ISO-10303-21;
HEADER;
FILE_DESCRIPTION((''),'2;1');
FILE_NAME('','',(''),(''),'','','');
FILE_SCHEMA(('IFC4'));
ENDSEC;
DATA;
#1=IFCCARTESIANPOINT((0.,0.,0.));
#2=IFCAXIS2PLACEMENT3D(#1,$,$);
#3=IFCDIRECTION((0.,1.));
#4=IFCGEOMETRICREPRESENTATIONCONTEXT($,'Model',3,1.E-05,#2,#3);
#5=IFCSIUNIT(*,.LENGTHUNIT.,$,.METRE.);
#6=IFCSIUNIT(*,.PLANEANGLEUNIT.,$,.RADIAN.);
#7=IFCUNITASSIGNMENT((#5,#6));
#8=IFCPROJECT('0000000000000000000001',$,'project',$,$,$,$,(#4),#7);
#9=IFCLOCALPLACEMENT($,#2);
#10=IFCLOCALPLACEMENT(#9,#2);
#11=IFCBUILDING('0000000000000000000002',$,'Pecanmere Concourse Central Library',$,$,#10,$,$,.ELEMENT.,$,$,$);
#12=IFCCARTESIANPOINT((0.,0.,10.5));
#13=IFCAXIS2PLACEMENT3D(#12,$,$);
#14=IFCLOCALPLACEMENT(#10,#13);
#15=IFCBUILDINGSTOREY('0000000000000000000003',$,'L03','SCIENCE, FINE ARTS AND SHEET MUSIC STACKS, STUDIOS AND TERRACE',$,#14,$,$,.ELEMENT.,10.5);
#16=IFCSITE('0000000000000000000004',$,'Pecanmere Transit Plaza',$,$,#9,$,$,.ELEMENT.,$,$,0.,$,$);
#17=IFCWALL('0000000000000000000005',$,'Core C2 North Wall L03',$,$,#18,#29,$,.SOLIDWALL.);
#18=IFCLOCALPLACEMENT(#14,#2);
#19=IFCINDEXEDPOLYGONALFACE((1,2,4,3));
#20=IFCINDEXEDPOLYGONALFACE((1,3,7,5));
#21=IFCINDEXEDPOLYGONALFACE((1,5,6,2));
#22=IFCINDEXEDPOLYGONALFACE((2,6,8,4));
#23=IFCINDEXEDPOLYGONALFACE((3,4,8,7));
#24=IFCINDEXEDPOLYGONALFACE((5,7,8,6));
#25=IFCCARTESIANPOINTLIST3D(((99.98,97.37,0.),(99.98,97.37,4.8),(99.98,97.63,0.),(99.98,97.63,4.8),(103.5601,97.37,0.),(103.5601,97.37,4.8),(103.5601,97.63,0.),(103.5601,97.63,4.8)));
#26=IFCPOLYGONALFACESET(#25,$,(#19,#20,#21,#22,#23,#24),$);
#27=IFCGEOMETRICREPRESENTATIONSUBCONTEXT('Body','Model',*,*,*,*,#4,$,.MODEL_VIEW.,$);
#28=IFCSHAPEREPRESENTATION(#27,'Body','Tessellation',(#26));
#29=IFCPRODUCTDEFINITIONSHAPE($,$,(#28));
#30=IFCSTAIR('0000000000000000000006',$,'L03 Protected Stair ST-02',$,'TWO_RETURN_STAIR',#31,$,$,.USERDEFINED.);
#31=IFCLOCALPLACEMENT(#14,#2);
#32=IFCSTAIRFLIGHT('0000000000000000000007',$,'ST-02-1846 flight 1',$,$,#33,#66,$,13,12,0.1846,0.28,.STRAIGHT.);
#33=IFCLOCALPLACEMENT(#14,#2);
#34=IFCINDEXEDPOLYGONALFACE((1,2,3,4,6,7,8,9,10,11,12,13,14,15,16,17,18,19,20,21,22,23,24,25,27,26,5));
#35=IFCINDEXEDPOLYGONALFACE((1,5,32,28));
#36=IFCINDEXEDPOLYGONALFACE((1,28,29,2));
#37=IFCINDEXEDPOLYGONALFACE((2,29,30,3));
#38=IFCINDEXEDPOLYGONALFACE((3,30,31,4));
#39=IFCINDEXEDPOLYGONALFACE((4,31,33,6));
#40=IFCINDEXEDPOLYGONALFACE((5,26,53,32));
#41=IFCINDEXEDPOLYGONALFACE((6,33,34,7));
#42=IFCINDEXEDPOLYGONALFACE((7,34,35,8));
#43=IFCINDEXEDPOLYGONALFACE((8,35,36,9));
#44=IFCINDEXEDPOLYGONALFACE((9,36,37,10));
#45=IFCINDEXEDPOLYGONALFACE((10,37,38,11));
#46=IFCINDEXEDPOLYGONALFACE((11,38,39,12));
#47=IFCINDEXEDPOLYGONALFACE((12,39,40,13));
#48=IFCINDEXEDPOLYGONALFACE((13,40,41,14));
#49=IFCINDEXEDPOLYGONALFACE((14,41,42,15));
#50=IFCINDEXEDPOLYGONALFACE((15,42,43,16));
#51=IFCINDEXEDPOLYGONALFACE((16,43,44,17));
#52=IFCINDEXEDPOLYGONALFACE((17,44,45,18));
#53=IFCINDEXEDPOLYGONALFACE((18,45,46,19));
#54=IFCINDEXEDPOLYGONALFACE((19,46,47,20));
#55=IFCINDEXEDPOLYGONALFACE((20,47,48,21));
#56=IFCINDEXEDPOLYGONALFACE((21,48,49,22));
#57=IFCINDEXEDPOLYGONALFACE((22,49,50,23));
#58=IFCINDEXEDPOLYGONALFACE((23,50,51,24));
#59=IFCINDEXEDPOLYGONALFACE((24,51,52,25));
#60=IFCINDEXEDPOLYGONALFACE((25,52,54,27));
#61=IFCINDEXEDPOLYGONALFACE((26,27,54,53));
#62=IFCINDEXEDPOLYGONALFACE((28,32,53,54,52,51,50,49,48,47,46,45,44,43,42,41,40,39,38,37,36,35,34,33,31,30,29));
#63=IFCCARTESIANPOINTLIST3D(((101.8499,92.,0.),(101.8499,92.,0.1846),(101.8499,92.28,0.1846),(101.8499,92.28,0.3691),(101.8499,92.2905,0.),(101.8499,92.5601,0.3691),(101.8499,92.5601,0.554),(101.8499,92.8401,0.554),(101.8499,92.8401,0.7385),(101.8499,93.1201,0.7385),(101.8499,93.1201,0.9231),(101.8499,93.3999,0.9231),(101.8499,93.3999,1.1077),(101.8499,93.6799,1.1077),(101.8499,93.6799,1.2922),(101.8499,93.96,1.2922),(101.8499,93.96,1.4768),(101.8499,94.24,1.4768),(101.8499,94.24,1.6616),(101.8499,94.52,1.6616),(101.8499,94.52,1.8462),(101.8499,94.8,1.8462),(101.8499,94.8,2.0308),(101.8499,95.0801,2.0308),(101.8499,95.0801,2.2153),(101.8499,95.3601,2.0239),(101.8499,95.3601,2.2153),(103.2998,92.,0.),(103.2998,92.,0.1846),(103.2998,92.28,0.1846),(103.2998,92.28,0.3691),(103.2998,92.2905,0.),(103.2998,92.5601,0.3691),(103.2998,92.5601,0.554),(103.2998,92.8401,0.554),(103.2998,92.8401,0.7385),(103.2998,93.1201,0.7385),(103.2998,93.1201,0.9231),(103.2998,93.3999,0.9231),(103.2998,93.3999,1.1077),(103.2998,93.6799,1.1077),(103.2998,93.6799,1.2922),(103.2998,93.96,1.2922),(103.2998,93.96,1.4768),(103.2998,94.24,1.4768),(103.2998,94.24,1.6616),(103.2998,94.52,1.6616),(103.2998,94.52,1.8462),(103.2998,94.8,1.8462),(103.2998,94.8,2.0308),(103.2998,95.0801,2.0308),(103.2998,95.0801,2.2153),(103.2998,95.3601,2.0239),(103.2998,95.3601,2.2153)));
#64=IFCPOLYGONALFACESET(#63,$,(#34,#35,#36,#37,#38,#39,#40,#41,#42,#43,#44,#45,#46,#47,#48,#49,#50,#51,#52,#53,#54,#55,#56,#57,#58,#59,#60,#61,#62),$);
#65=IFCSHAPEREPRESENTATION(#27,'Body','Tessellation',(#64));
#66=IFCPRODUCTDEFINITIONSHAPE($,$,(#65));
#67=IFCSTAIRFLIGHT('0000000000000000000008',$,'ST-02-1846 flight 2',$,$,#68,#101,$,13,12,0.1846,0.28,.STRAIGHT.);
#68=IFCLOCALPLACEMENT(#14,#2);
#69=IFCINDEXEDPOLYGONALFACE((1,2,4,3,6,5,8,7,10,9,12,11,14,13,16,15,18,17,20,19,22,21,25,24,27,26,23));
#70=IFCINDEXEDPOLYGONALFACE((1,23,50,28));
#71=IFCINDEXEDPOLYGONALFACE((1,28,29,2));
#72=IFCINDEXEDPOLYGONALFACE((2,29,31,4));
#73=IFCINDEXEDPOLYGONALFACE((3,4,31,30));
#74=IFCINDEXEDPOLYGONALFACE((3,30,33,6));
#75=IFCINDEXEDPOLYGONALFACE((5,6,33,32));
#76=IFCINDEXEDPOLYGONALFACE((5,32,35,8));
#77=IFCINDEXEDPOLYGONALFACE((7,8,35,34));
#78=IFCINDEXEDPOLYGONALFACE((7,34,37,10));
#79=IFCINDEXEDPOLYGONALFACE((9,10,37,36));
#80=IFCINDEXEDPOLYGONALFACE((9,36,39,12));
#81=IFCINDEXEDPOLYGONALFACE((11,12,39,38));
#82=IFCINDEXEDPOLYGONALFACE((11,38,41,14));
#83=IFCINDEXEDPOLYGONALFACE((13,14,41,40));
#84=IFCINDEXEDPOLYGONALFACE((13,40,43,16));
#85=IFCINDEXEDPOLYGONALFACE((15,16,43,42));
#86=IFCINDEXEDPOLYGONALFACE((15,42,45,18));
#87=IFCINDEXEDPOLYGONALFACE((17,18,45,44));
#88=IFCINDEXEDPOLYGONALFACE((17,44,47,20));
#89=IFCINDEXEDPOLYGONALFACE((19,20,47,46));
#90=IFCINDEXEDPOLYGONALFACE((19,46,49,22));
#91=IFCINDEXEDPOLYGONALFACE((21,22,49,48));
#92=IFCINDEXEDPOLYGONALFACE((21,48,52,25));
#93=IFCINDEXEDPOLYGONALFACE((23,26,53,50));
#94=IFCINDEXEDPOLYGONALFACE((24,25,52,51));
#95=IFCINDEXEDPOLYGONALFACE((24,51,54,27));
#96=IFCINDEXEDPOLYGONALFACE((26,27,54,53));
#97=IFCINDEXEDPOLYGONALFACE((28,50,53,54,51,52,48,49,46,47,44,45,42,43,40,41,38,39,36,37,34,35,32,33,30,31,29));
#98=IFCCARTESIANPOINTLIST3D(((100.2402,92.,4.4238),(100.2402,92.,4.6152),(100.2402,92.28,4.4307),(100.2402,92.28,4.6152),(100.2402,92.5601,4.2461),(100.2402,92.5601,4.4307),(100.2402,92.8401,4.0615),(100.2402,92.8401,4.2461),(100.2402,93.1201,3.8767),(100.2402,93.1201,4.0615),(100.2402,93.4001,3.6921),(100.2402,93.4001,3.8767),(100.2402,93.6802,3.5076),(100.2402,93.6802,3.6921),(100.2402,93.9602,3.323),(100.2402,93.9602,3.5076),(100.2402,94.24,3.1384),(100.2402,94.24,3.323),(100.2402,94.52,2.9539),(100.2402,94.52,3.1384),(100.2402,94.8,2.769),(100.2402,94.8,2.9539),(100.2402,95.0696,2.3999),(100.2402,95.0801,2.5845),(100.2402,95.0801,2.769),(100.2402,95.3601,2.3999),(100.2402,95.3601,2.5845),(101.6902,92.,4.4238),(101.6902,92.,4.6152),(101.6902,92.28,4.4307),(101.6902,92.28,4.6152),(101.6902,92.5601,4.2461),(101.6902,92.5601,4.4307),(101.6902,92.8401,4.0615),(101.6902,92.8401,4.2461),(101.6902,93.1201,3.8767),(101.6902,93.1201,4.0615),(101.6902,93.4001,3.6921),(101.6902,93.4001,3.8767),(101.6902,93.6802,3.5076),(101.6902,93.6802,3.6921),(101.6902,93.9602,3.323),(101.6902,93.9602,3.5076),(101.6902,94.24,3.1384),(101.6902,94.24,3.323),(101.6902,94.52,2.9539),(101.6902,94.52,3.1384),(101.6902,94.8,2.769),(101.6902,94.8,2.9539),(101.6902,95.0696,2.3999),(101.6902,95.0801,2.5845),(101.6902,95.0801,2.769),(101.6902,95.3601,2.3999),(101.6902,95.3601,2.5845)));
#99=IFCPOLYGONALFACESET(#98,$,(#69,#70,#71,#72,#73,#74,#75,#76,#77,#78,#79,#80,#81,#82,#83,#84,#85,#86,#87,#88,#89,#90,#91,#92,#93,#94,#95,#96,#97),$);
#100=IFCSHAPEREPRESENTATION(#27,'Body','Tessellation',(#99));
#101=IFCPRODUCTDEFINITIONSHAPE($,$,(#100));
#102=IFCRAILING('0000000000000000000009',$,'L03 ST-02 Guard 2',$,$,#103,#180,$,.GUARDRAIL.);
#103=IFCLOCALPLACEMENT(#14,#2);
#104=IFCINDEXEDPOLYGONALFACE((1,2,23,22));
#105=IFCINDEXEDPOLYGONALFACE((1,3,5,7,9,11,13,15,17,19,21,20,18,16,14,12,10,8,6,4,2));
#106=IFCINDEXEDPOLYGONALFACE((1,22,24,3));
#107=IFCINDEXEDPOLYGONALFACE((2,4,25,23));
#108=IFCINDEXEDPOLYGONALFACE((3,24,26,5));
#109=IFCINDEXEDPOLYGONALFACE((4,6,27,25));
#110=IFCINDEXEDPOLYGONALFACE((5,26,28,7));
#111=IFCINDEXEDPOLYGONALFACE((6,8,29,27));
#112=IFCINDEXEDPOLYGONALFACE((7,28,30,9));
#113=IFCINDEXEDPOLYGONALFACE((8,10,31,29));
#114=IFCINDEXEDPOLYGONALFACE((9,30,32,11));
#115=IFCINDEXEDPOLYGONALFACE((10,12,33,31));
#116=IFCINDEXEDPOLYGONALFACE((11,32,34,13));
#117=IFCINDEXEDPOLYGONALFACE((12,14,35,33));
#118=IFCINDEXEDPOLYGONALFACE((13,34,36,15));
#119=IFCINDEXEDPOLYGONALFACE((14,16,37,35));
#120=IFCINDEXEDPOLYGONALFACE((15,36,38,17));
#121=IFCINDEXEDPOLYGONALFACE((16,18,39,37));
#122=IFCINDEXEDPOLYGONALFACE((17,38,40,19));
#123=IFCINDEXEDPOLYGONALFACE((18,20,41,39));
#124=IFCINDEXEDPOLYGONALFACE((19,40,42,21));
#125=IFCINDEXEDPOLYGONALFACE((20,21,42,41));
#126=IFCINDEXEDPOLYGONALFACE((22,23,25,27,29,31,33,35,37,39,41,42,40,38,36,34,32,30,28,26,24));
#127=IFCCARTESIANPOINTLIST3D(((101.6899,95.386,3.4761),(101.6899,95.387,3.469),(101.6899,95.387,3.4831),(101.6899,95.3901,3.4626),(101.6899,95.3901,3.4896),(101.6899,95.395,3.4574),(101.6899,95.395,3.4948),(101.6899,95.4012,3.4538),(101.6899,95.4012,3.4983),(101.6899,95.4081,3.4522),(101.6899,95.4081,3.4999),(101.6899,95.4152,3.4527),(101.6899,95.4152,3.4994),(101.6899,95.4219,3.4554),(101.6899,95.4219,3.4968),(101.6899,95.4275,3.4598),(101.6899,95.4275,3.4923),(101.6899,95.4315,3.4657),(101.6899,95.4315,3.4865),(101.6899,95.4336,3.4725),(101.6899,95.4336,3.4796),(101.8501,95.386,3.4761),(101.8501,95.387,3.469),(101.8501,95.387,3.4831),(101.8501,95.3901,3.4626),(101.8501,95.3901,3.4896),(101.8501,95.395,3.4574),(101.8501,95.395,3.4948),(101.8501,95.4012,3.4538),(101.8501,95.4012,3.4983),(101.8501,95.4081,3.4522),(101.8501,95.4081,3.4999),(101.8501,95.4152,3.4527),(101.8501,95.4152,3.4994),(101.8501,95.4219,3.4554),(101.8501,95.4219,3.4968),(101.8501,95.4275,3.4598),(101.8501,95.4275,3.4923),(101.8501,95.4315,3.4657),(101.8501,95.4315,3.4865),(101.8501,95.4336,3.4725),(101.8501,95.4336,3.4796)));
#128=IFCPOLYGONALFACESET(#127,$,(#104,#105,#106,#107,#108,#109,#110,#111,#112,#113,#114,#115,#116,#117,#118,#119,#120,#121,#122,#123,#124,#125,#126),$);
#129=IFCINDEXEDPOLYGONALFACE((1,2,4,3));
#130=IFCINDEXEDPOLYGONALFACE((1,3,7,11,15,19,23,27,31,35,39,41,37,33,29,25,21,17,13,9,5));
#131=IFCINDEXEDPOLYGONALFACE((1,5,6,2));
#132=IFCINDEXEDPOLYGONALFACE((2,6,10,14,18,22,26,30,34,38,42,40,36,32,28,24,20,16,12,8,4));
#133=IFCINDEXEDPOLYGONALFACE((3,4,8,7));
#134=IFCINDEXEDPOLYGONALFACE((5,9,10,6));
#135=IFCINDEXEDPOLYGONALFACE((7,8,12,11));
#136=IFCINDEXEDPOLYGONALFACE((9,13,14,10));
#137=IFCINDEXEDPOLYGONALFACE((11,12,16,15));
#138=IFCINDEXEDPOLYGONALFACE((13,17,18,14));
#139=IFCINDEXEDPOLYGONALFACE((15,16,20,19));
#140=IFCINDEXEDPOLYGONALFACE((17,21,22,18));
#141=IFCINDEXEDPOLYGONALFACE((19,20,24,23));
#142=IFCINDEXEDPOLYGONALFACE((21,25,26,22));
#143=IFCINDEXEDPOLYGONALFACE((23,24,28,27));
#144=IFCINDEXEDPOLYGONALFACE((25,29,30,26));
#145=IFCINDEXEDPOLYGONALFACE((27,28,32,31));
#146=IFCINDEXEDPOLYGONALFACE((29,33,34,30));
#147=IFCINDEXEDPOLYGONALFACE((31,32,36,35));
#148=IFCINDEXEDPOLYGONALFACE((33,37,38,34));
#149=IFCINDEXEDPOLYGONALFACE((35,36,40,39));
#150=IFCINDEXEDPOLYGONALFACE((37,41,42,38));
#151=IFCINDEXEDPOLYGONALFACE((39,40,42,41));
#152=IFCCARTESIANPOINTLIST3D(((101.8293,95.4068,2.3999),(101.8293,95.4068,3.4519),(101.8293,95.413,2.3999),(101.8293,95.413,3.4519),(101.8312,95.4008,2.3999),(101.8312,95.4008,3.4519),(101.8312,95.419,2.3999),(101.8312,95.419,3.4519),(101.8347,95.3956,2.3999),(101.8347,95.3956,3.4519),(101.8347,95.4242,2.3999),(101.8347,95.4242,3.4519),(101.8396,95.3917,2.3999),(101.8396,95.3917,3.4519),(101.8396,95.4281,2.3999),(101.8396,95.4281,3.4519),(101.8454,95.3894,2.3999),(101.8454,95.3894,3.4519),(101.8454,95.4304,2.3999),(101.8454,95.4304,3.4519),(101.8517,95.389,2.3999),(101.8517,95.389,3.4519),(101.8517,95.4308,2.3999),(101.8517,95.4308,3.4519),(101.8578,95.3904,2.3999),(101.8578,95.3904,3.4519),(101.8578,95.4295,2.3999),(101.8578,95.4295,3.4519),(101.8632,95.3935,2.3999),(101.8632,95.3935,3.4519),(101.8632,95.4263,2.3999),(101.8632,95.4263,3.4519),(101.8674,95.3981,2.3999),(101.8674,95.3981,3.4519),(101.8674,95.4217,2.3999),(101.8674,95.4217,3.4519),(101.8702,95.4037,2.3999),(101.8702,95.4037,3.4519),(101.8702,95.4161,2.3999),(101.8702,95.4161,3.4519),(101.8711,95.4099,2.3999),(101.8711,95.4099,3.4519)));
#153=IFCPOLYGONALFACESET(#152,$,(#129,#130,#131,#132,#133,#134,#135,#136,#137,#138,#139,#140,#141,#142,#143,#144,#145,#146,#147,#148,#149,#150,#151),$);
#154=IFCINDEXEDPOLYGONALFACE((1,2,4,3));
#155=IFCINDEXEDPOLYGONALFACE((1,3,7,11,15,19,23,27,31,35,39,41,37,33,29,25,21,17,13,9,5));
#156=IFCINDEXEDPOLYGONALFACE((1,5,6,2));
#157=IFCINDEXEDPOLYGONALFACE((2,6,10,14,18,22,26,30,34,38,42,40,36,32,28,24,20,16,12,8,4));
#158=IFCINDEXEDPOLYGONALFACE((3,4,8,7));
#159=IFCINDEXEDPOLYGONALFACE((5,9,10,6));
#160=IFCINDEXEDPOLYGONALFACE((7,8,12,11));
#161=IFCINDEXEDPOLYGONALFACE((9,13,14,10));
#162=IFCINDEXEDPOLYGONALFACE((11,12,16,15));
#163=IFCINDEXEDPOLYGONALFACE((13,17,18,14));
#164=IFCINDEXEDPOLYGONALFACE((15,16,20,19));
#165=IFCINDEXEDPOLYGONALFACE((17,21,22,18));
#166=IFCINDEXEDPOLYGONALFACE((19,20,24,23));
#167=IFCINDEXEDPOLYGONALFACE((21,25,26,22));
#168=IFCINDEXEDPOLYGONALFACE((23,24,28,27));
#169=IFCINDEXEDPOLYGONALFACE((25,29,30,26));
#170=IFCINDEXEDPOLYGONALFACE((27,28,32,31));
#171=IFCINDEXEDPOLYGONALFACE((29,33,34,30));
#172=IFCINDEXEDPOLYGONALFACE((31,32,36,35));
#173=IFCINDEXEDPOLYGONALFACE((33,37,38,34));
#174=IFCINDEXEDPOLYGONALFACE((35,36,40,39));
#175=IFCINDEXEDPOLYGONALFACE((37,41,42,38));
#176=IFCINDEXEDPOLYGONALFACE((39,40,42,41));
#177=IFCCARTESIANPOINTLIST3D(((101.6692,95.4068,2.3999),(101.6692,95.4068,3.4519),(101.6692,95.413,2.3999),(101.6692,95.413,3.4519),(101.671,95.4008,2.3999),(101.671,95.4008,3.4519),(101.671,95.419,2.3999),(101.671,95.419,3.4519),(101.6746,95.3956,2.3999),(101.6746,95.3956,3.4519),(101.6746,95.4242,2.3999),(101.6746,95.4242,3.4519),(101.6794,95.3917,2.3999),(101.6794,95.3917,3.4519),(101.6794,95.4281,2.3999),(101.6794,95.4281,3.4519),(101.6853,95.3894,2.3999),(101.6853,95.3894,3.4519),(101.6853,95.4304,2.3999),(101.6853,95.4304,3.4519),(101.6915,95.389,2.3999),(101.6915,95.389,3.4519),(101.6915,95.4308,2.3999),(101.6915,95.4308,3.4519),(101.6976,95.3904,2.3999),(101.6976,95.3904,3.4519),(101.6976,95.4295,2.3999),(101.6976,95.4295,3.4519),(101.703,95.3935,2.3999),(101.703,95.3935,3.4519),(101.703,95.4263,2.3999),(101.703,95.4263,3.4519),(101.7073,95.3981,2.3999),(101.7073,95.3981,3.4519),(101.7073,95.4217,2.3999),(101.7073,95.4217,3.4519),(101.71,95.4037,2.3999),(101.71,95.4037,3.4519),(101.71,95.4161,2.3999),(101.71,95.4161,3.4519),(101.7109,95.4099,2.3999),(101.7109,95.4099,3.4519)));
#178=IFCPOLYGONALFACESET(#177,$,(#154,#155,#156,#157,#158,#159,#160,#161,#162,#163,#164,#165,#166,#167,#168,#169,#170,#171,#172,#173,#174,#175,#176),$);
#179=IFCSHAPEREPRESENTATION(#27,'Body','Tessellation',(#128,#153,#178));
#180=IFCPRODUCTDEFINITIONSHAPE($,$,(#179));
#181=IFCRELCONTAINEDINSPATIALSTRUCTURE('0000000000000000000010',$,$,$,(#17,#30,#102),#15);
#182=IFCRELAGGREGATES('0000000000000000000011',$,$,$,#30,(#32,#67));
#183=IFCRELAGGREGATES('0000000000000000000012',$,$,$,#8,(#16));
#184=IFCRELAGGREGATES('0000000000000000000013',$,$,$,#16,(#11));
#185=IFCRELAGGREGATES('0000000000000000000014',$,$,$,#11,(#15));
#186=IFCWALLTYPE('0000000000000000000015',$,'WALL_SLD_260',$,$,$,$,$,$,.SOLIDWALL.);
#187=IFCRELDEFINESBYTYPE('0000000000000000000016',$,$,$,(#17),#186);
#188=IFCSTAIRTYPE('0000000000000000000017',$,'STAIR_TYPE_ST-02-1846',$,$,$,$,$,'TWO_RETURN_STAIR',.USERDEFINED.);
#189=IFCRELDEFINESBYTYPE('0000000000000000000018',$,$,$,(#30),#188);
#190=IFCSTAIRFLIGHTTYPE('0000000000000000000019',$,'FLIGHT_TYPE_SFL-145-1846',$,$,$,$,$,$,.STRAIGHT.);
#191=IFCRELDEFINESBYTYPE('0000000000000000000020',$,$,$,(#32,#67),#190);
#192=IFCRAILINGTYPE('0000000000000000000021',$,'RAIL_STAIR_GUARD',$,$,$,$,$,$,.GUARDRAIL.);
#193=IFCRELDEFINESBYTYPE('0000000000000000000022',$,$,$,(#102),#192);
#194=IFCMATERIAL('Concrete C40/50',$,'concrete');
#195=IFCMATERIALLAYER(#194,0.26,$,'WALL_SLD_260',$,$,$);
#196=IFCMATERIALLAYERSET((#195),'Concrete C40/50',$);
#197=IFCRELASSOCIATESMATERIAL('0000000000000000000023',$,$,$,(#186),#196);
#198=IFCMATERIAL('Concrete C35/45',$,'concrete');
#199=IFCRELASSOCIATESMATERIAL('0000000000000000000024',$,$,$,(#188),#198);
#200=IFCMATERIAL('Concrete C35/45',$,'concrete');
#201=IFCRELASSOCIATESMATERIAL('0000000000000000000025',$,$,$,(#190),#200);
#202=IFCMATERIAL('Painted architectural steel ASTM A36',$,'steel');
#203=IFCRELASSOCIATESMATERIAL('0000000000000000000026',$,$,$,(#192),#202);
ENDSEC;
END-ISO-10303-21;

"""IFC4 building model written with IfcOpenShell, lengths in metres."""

from ifc_helpers import new_model, si_unit, direction, frame, frame_2d, origin, origin_2d, place, context, subcontext, project, spatial, polyline, rectangle, circle, outline, extrude, material, layer, layer_set, type_object, element, aggregate, save


model = new_model("IFC4")

# Units and contexts
model_context = context("Model", 3, precision=1e-05, world=origin(), true_north=direction((0.0, 1.0)))
body_context = subcontext(model_context, "Body", "Model", "MODEL_VIEW")
ifc_project = project(units=[si_unit("LENGTHUNIT", "METRE"), si_unit("PLANEANGLEUNIT", "RADIAN")], contexts=[model_context])

# Site, building, storey
site_placement = place(None, origin())
site = spatial("IfcSite", under=ifc_project, at=site_placement, Name="Pecanmere Transit Plaza", CompositionType="ELEMENT", RefElevation=0.0)
building_placement = place(site_placement, origin())
building = spatial("IfcBuilding", under=site, at=building_placement, Name="Pecanmere Concourse Central Library", CompositionType="ELEMENT")
storey_placement = place(building_placement, frame((0.0, 0.0, 10.5)))
storey = spatial("IfcBuildingStorey", under=building, at=storey_placement, Name="L03", Description="SCIENCE, FINE ARTS AND SHEET MUSIC STACKS, STUDIOS AND TERRACE", CompositionType="ELEMENT", Elevation=10.5)

# Wall
ifc_material_1 = material(Name="Concrete C40/50", Category="concrete")
ifc_layer_1 = layer(ifc_material_1, 0.26, Name="WALL_SLD_260")
ifc_layer_set_1 = layer_set([ifc_layer_1], Name="Concrete C40/50")
wall_type_1 = type_object("IfcWallType", Name="WALL_SLD_260", PredefinedType="SOLIDWALL", material=ifc_layer_set_1)
wall_1_placement = place(storey_placement, frame((99.98, 97.5, 0.0), z_axis=(0.0, 0.0, 1.0), x_axis=(1.0, 0.0, 0.0)))
element("IfcWall", 1, at=wall_1_placement, inside=storey, type_object=wall_type_1, Name="Core C2 North Wall L03", PredefinedType="SOLIDWALL", context=body_context, shape_type="SweptSolid", body=[
    extrude(rectangle(XDim=3.5801, YDim=0.26, at=frame_2d((1.79, 0.0))), origin(), (0.0, 0.0, 1.0), 4.8),
])

# Stair, stair flights
ifc_material_2 = material(Name="Concrete C35/45", Category="concrete")
stair_type = type_object("IfcStairType", Name="STAIR_TYPE_ST-02-1846", ElementType="TWO_RETURN_STAIR", PredefinedType="USERDEFINED", material=ifc_material_2)
stair_placement = place(storey_placement, origin())
stair = element("IfcStair", 2, at=stair_placement, inside=storey, type_object=stair_type, Name="L03 Protected Stair ST-02", ObjectType="TWO_RETURN_STAIR", PredefinedType="USERDEFINED")
ifc_material_3 = material(Name="Concrete C35/45", Category="concrete")
stair_flight_type = type_object("IfcStairFlightType", Name="FLIGHT_TYPE_SFL-145-1846", PredefinedType="STRAIGHT", material=ifc_material_3)
stair_flight_1_placement = place(storey_placement, frame((102.575, 92.0, 0.0), z_axis=(0.0, 0.0, 1.0), x_axis=(0.0, 1.0, 0.0)))
stair_flight_1 = element("IfcStairFlight", 3, at=stair_flight_1_placement, type_object=stair_flight_type, Name="ST-02-1846 flight 1", NumberOfRisers=13, NumberOfTreads=12, PredefinedType="STRAIGHT", RiserHeight=0.1846, TreadLength=0.28, context=body_context, shape_type="SweptSolid", body=[
    extrude(outline(polyline([(0.0, 0.0), (0.0, 0.1846), (0.28, 0.1846), (0.28, 0.3691), (0.5601, 0.3691), (0.5601, 0.554), (0.8401, 0.554), (0.8401, 0.7385), (1.1201, 0.7385), (1.1201, 0.9231), (1.3999, 0.9231), (1.3999, 1.1077), (1.6799, 1.1077), (1.6799, 1.2922), (1.96, 1.2922), (1.96, 1.4768), (2.24, 1.4768), (2.24, 1.6616), (2.52, 1.6616), (2.52, 1.8462), (2.8, 1.8462), (2.8, 2.0308), (3.0801, 2.0308), (3.0801, 2.2153), (3.3601, 2.2153), (3.3601, 2.3999), (3.3601, 2.0239), (0.2905, 0.0), (0.0, 0.0)])), frame((0.0, 0.7251, 0.0), z_axis=(0.0, -1.0, 0.0), x_axis=(1.0, 0.0, 0.0)), (0.0, 0.0, 1.0), 1.45),
])
stair_flight_2_placement = place(storey_placement, frame((100.9651, 95.3601, 2.3999), z_axis=(0.0, 0.0, 1.0), x_axis=(0.0, -1.0, 0.0)))
stair_flight_2 = element("IfcStairFlight", 4, at=stair_flight_2_placement, type_object=stair_flight_type, Name="ST-02-1846 flight 2", NumberOfRisers=13, NumberOfTreads=12, PredefinedType="STRAIGHT", RiserHeight=0.1846, TreadLength=0.28, context=body_context, shape_type="SweptSolid", body=[
    extrude(outline(polyline([(0.0, 0.0), (0.0, 0.1846), (0.28, 0.1846), (0.28, 0.3691), (0.5601, 0.3691), (0.5601, 0.554), (0.8401, 0.554), (0.8401, 0.7385), (1.1201, 0.7385), (1.1201, 0.9231), (1.3999, 0.9231), (1.3999, 1.1077), (1.6799, 1.1077), (1.6799, 1.2922), (1.96, 1.2922), (1.96, 1.4768), (2.24, 1.4768), (2.24, 1.6616), (2.52, 1.6616), (2.52, 1.8462), (2.8, 1.8462), (2.8, 2.0308), (3.0801, 2.0308), (3.0801, 2.2153), (3.3601, 2.2153), (3.3601, 2.3999), (3.3601, 2.0239), (0.2905, 0.0), (0.0, 0.0)])), frame((0.0, 0.7251, 0.0), z_axis=(0.0, -1.0, 0.0), x_axis=(1.0, 0.0, 0.0)), (0.0, 0.0, 1.0), 1.45),
])
aggregate(stair, [stair_flight_1, stair_flight_2])

# Railing
ifc_material_4 = material(Name="Painted architectural steel ASTM A36", Category="steel")
railing_type_1 = type_object("IfcRailingType", Name="RAIL_STAIR_GUARD", PredefinedType="GUARDRAIL", material=ifc_material_4)
railing_1_placement = place(storey_placement, frame((101.8501, 95.4099, 2.3999)))
element("IfcRailing", 5, at=railing_1_placement, inside=storey, type_object=railing_type_1, Name="L03 ST-02 Guard 2", PredefinedType="GUARDRAIL", context=body_context, shape_type="SweptSolid", body=[
    extrude(circle(Radius=0.0239, at=origin_2d()), frame((0.0, 0.0, 1.0762), z_axis=(-1.0, 0.0, 0.0), x_axis=(0.0, -1.0, 0.0)), (0.0, 0.0, 1.0), 0.1602),
    extrude(circle(Radius=0.021, at=origin_2d()), origin(), (0.0, 0.0, 1.0), 1.052),
    extrude(circle(Radius=0.021, at=origin_2d()), frame((-0.1602, 0.0, 0.0)), (0.0, 0.0, 1.0), 1.052),
])

save(model, "model.ifc")
